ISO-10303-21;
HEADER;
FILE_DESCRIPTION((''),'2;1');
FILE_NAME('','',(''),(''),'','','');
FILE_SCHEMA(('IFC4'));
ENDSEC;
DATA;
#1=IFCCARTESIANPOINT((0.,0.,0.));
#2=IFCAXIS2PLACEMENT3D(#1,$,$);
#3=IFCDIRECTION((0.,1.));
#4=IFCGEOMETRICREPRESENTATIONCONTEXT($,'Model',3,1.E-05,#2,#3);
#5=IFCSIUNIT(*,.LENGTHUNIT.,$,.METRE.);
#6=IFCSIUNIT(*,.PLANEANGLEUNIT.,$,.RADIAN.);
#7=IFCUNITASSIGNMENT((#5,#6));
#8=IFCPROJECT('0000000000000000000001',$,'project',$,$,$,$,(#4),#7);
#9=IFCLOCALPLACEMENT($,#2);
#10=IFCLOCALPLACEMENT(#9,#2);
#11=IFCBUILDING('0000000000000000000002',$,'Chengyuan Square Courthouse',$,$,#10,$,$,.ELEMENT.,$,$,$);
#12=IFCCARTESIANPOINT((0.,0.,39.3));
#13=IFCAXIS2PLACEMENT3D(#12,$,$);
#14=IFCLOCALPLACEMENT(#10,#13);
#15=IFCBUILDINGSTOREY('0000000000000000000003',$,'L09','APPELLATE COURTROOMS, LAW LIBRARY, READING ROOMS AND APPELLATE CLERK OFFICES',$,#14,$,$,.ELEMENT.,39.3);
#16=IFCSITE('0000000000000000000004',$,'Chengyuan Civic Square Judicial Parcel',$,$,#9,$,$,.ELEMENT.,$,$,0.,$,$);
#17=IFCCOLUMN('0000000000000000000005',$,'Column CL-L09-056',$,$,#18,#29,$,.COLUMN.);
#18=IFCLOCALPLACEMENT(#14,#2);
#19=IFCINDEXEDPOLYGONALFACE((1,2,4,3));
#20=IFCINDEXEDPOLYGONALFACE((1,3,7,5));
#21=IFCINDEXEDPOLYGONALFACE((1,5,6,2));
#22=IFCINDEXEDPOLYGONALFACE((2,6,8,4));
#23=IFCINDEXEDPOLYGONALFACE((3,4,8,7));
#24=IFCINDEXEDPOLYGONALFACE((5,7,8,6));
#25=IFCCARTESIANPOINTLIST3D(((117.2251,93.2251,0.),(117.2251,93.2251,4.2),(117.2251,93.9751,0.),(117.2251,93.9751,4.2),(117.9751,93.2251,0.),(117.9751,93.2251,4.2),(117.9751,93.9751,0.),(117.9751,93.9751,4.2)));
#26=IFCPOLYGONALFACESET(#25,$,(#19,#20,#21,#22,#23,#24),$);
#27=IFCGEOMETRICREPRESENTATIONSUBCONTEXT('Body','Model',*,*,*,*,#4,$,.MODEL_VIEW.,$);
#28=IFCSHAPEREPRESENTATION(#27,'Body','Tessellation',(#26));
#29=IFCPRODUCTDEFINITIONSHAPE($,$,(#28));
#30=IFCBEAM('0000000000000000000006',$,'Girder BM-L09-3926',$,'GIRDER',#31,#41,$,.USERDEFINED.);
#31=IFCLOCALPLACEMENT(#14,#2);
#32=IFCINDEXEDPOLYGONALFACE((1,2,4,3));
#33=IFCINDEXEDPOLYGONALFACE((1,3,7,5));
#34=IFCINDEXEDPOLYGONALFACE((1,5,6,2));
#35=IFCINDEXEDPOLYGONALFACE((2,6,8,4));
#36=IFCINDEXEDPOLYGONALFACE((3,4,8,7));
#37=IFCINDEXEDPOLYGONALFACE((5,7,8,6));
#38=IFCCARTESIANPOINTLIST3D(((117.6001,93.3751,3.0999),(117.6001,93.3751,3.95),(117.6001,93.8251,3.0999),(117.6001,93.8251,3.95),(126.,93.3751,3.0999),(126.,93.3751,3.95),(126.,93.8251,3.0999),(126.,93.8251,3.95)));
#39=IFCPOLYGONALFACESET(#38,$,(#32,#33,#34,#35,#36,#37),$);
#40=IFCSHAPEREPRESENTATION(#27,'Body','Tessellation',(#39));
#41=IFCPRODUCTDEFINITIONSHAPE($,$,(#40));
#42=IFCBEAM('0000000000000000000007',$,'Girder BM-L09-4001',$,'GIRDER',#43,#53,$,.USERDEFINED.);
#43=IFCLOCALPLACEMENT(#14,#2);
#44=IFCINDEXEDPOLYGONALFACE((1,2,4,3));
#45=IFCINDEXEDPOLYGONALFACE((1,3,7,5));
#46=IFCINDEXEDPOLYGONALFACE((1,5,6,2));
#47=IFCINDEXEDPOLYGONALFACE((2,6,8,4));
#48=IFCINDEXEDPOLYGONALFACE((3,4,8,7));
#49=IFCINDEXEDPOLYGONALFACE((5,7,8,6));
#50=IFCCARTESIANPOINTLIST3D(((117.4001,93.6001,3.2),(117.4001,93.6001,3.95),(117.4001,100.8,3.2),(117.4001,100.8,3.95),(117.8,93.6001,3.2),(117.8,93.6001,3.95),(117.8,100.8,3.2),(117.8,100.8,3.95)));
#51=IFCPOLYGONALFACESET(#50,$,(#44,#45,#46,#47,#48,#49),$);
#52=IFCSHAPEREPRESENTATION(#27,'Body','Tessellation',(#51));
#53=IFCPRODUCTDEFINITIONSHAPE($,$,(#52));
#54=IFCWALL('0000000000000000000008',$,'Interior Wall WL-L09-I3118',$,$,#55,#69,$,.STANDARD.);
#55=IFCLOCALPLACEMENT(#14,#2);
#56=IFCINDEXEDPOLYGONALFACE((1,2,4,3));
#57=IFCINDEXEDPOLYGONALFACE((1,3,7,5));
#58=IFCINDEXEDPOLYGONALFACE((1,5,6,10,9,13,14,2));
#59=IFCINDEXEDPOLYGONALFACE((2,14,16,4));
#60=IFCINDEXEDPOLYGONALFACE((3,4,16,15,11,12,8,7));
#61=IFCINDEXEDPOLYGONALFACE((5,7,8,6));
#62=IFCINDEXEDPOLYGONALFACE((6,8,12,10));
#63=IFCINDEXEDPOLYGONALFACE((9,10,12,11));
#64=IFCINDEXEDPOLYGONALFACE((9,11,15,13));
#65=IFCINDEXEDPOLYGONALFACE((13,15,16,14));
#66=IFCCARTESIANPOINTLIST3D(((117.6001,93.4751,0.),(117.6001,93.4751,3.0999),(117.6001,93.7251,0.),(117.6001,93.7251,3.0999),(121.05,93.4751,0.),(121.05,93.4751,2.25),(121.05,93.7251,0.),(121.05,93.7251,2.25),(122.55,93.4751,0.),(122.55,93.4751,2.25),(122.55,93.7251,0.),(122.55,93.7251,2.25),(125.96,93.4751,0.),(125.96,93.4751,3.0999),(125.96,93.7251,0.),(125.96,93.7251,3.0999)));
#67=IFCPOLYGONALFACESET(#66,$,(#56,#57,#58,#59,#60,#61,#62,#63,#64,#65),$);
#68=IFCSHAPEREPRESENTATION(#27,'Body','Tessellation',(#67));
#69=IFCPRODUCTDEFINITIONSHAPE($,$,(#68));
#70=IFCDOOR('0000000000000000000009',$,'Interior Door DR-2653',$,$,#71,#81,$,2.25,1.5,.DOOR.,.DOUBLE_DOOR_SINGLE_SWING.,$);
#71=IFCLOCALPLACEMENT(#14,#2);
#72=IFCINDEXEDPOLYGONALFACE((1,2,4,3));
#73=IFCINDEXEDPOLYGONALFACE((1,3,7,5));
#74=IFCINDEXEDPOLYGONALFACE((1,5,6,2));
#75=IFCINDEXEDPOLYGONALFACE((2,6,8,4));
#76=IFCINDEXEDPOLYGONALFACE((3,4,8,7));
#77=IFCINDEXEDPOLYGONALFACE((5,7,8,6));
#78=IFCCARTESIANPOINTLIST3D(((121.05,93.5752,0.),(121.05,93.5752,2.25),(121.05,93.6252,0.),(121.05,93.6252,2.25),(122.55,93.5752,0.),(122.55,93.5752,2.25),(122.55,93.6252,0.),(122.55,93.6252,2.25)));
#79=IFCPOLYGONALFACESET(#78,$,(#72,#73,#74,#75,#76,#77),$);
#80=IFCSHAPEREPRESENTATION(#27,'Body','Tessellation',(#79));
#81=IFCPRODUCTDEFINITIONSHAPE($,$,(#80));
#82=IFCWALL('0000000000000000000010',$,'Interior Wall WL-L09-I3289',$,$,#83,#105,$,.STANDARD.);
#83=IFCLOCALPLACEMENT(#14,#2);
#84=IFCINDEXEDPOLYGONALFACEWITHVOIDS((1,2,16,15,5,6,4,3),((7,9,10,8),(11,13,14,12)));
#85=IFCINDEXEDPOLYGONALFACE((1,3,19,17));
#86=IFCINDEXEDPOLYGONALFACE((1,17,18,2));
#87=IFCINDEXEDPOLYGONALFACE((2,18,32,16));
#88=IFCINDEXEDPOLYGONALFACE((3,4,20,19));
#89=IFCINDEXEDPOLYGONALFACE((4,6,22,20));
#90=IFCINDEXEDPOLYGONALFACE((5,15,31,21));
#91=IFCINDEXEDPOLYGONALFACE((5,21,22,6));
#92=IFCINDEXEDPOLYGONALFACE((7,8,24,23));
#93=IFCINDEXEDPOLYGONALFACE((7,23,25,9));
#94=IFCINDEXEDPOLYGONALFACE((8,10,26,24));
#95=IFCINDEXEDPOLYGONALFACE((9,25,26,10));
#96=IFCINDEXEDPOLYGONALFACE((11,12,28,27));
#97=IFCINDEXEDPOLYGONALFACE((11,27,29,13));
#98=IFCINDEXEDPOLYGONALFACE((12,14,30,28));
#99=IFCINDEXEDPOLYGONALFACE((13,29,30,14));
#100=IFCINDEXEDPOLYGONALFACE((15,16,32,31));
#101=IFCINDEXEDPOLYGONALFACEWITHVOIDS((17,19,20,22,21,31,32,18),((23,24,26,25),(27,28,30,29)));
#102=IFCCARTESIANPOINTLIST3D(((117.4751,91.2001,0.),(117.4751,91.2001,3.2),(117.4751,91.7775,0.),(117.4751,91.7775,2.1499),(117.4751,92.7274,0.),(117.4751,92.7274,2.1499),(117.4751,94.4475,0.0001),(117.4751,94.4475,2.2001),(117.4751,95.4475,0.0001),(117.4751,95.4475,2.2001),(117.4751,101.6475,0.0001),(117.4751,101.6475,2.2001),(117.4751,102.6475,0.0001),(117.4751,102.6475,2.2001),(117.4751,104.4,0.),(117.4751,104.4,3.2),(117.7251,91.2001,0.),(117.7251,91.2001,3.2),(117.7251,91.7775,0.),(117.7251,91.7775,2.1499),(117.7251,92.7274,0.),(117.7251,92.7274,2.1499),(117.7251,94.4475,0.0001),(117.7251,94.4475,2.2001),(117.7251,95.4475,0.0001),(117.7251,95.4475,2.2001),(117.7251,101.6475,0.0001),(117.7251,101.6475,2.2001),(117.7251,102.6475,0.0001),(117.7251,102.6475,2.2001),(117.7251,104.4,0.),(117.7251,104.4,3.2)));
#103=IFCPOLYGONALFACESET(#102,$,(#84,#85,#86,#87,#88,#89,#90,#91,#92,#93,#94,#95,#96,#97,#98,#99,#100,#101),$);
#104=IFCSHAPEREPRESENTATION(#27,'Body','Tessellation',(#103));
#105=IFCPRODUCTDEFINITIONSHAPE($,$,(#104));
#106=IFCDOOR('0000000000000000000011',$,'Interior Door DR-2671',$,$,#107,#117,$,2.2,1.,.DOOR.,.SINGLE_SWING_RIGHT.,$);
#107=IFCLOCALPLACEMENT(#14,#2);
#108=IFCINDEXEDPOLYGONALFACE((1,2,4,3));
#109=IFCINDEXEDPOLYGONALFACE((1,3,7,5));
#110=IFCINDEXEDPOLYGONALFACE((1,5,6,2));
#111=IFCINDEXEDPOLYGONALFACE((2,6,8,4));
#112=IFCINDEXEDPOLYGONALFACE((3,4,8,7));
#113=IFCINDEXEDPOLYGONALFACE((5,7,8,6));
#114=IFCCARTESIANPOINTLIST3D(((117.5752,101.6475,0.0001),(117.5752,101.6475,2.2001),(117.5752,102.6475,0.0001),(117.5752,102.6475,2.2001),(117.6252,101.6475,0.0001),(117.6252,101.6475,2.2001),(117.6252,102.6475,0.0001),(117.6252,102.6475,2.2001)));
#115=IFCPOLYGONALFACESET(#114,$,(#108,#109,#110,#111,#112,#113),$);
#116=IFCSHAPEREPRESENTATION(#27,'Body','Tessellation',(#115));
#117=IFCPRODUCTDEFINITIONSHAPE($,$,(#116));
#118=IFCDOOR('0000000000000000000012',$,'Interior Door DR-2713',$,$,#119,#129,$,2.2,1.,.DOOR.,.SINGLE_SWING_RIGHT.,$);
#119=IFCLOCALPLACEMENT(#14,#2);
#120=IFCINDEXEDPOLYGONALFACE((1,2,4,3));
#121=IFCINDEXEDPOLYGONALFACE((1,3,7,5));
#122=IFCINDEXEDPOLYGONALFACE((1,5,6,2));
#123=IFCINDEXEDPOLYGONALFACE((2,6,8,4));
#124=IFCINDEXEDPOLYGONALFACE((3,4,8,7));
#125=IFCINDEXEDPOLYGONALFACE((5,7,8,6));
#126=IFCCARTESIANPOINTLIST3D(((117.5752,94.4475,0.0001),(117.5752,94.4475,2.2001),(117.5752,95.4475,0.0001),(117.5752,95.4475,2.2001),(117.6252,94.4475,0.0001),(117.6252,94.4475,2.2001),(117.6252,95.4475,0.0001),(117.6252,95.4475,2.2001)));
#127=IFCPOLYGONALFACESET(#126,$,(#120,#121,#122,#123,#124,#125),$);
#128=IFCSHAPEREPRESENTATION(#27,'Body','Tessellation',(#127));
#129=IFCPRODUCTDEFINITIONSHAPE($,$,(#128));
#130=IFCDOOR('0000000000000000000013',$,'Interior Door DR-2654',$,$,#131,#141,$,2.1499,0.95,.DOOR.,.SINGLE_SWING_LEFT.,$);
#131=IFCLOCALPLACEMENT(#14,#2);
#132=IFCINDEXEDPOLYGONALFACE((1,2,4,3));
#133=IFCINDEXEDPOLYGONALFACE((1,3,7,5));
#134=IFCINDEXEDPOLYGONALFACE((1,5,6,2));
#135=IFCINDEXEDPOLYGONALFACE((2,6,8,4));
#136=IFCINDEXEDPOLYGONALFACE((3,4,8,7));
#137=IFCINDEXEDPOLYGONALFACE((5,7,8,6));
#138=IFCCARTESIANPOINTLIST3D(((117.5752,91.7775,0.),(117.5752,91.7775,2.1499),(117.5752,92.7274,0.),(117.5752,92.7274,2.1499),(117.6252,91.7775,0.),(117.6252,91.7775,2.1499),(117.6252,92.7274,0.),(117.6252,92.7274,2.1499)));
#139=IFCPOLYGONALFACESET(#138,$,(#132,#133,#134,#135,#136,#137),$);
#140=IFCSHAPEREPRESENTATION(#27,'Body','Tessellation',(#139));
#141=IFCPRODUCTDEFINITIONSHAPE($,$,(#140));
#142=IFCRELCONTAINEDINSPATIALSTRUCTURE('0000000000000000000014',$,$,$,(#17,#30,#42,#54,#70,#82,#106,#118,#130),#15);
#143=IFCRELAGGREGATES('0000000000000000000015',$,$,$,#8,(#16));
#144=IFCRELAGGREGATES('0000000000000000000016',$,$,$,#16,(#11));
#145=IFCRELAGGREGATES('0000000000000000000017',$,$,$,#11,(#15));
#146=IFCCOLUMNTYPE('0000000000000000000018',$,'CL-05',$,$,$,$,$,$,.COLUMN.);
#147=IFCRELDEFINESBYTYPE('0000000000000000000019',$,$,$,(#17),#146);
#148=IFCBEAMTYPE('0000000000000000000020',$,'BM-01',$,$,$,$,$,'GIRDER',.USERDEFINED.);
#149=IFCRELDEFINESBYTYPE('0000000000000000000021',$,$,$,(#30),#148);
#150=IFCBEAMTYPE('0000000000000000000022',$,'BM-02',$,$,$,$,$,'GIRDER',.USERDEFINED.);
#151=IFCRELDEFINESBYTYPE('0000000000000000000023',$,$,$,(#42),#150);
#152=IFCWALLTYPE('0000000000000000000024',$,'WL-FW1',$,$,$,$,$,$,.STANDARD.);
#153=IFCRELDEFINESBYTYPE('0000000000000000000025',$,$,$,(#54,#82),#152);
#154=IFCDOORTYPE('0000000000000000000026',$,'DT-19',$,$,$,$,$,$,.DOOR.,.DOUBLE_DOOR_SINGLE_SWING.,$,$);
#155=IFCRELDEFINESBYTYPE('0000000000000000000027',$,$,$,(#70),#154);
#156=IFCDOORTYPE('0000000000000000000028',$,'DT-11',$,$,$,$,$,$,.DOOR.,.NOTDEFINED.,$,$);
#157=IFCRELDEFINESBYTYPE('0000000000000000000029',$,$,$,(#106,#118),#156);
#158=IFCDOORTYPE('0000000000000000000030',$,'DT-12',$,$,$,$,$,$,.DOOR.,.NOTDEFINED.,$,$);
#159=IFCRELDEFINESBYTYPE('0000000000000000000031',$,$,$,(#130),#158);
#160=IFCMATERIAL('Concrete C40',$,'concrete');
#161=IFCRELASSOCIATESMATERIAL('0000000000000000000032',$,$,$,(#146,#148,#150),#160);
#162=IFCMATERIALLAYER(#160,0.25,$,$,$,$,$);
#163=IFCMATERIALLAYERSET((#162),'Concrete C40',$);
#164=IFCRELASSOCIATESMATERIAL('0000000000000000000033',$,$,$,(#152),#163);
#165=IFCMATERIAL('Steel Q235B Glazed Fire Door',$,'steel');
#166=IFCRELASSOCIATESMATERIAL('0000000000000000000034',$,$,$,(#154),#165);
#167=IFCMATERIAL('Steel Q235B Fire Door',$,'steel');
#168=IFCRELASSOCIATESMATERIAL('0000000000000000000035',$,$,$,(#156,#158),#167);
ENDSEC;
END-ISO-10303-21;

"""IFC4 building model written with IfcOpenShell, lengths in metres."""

from ifc_helpers import new_model, si_unit, direction, frame, frame_2d, origin, origin_2d, place, context, subcontext, project, spatial, rectangle, extrude, material, layer, layer_set, material_profile, profile_set, type_object, element, fill, save


model = new_model("IFC4")

# Units and contexts
model_context = context("Model", 3, precision=1e-05, world=origin(), true_north=direction((0.0, 1.0)))
body_context = subcontext(model_context, "Body", "Model", "MODEL_VIEW")
ifc_project = project(units=[si_unit("LENGTHUNIT", "METRE"), si_unit("PLANEANGLEUNIT", "RADIAN")], contexts=[model_context])

# Site, building, storey
site_placement = place(None, origin())
site = spatial("IfcSite", under=ifc_project, at=site_placement, Name="Chengyuan Civic Square Judicial Parcel", CompositionType="ELEMENT", RefElevation=0.0)
building_placement = place(site_placement, origin())
building = spatial("IfcBuilding", under=site, at=building_placement, Name="Chengyuan Square Courthouse", CompositionType="ELEMENT")
storey_placement = place(building_placement, frame((0.0, 0.0, 39.3)))
storey = spatial("IfcBuildingStorey", under=building, at=storey_placement, Name="L09", Description="APPELLATE COURTROOMS, LAW LIBRARY, READING ROOMS AND APPELLATE CLERK OFFICES", CompositionType="ELEMENT", Elevation=39.3)

# Column
ifc_material_1 = material(Name="Concrete C40", Category="concrete")
ifc_material_profile_1 = material_profile(ifc_material_1, rectangle(XDim=0.75, YDim=0.75, at=origin_2d()), Name="RC-COL-750x750")
ifc_profile_set_1 = profile_set([ifc_material_profile_1], Name="Concrete C40")
column_type = type_object("IfcColumnType", Name="CL-05", PredefinedType="COLUMN", material=ifc_profile_set_1)
column_placement = place(storey_placement, frame((117.6001, 93.6001, 0.0), z_axis=(0.0, 0.0, 1.0), x_axis=(1.0, 0.0, 0.0)))
element("IfcColumn", 1, at=column_placement, inside=storey, type_object=column_type, Name="Column CL-L09-056", PredefinedType="COLUMN", context=body_context, shape_type="SweptSolid", body=[
    extrude(rectangle(XDim=0.75, YDim=0.75, at=origin_2d()), origin(), (0.0, 0.0, 1.0), 4.2),
])

# Beams
ifc_material_profile_2 = material_profile(ifc_material_1, rectangle(XDim=0.45, YDim=0.8501, at=origin_2d()), Name="RC-BM-450x850")
ifc_profile_set_2 = profile_set([ifc_material_profile_2], Name="Concrete C40")
beam_type_1 = type_object("IfcBeamType", Name="BM-01", ElementType="GIRDER", PredefinedType="USERDEFINED", material=ifc_profile_set_2)
beam_1_placement = place(storey_placement, frame((117.6001, 93.6001, 3.5249), z_axis=(1.0, 0.0, 0.0), x_axis=(0.0, 1.0, 0.0)))
element("IfcBeam", 2, at=beam_1_placement, inside=storey, type_object=beam_type_1, Name="Girder BM-L09-3926", ObjectType="GIRDER", PredefinedType="USERDEFINED", context=body_context, shape_type="SweptSolid", body=[
    extrude(rectangle(XDim=0.45, YDim=0.8501, at=origin_2d()), origin(), (0.0, 0.0, 1.0), 8.3999),
])
ifc_material_profile_3 = material_profile(ifc_material_1, rectangle(XDim=0.3999, YDim=0.75, at=origin_2d()), Name="RC-BM-400x750")
ifc_profile_set_3 = profile_set([ifc_material_profile_3], Name="Concrete C40")
beam_type_2 = type_object("IfcBeamType", Name="BM-02", ElementType="GIRDER", PredefinedType="USERDEFINED", material=ifc_profile_set_3)
beam_2_placement = place(storey_placement, frame((117.6001, 93.6001, 3.575), z_axis=(0.0, 1.0, 0.0), x_axis=(-1.0, 0.0, 0.0)))
element("IfcBeam", 3, at=beam_2_placement, inside=storey, type_object=beam_type_2, Name="Girder BM-L09-4001", ObjectType="GIRDER", PredefinedType="USERDEFINED", context=body_context, shape_type="SweptSolid", body=[
    extrude(rectangle(XDim=0.3999, YDim=0.75, at=origin_2d()), origin(), (0.0, 0.0, 1.0), 7.2),
])

# Wall, opening, door
ifc_layer_1 = layer(ifc_material_1, 0.25)
ifc_layer_set_1 = layer_set([ifc_layer_1], Name="Concrete C40")
wall_type_1 = type_object("IfcWallType", Name="WL-FW1", PredefinedType="STANDARD", material=ifc_layer_set_1)
wall_1_placement = place(storey_placement, frame((117.6001, 93.6001, 0.0), z_axis=(0.0, 0.0, 1.0), x_axis=(1.0, 0.0, 0.0)))
wall_1 = element("IfcWall", 4, at=wall_1_placement, inside=storey, type_object=wall_type_1, Name="Interior Wall WL-L09-I3118", PredefinedType="STANDARD", context=body_context, shape_type="SweptSolid", body=[
    extrude(rectangle(XDim=8.3599, YDim=0.25, at=frame_2d((4.1799, 0.0))), origin(), (0.0, 0.0, 1.0), 3.0999),
])
opening_1_placement = place(wall_1_placement, frame((3.45, 0.0, 0.0)))
opening_1 = element("IfcOpeningElement", 5, at=opening_1_placement, cuts=wall_1, PredefinedType="OPENING", context=body_context, shape_type="SweptSolid", body=[
    extrude(rectangle(XDim=1.5, YDim=2.25, at=frame_2d((0.75, 1.125))), frame((0.0, 0.137, 0.0), z_axis=(0.0, -1.0, 0.0), x_axis=(1.0, 0.0, 0.0)), (0.0, 0.0, 1.0), 0.2739),
])
ifc_material_2 = material(Name="Steel Q235B Glazed Fire Door", Category="steel")
door_type_1 = type_object("IfcDoorType", Name="DT-19", OperationType="DOUBLE_DOOR_SINGLE_SWING", PredefinedType="DOOR", material=ifc_material_2)
door_1_placement = place(opening_1_placement, frame((1.5, 0.0, 0.0), z_axis=(0.0, 0.0, 1.0), x_axis=(-1.0, 0.0, 0.0)))
door_1 = element("IfcDoor", 6, at=door_1_placement, inside=storey, type_object=door_type_1, Name="Interior Door DR-2653", OperationType="DOUBLE_DOOR_SINGLE_SWING", OverallHeight=2.25, OverallWidth=1.5, PredefinedType="DOOR", context=body_context, shape_type="SweptSolid", body=[
    extrude(rectangle(XDim=1.5, YDim=2.25, at=frame_2d((0.75, 1.125))), frame((0.0, 0.0249, 0.0), z_axis=(0.0, -1.0, 0.0), x_axis=(1.0, 0.0, 0.0)), (0.0, 0.0, 1.0), 0.05),
])
fill(opening_1, door_1)

# Wall, openings, doors
wall_2_placement = place(storey_placement, frame((117.6001, 91.2, 0.0), z_axis=(0.0, 0.0, 1.0), x_axis=(0.0, 1.0, 0.0)))
wall_2 = element("IfcWall", 7, at=wall_2_placement, inside=storey, type_object=wall_type_1, Name="Interior Wall WL-L09-I3289", PredefinedType="STANDARD", context=body_context, shape_type="SweptSolid", body=[
    extrude(rectangle(XDim=13.2, YDim=0.25, at=frame_2d((6.6001, 0.0))), origin(), (0.0, 0.0, 1.0), 3.2),
])
opening_2_placement = place(wall_2_placement, frame((0.5774, 0.0, 0.0)))
opening_2 = element("IfcOpeningElement", 8, at=opening_2_placement, cuts=wall_2, PredefinedType="OPENING", context=body_context, shape_type="SweptSolid", body=[
    extrude(rectangle(XDim=0.95, YDim=2.1499, at=frame_2d((0.4751, 1.075))), frame((0.0, 0.137, 0.0), z_axis=(0.0, -1.0, 0.0), x_axis=(1.0, 0.0, 0.0)), (0.0, 0.0, 1.0), 0.2739),
])
opening_3_placement = place(wall_2_placement, frame((10.4475, 0.0, 0.0)))
opening_3 = element("IfcOpeningElement", 9, at=opening_3_placement, cuts=wall_2, PredefinedType="OPENING", context=body_context, shape_type="SweptSolid", body=[
    extrude(rectangle(XDim=1.0, YDim=2.2, at=frame_2d((0.5, 1.1001))), frame((0.0, 0.137, 0.0), z_axis=(0.0, -1.0, 0.0), x_axis=(1.0, 0.0, 0.0)), (0.0, 0.0, 1.0), 0.2739),
])
opening_4_placement = place(wall_2_placement, frame((3.2476, 0.0, 0.0)))
opening_4 = element("IfcOpeningElement", 10, at=opening_4_placement, cuts=wall_2, PredefinedType="OPENING", context=body_context, shape_type="SweptSolid", body=[
    extrude(rectangle(XDim=1.0, YDim=2.2, at=frame_2d((0.5, 1.1001))), frame((0.0, 0.137, 0.0), z_axis=(0.0, -1.0, 0.0), x_axis=(1.0, 0.0, 0.0)), (0.0, 0.0, 1.0), 0.2739),
])
ifc_material_3 = material(Name="Steel Q235B Fire Door", Category="steel")
door_type_2 = type_object("IfcDoorType", Name="DT-11", OperationType="NOTDEFINED", PredefinedType="DOOR", material=ifc_material_3)
door_2_placement = place(opening_3_placement, origin())
door_2 = element("IfcDoor", 11, at=door_2_placement, inside=storey, type_object=door_type_2, Name="Interior Door DR-2671", OperationType="SINGLE_SWING_RIGHT", OverallHeight=2.2, OverallWidth=1.0, PredefinedType="DOOR", context=body_context, shape_type="SweptSolid", body=[
    extrude(rectangle(XDim=1.0, YDim=2.2, at=frame_2d((0.5, 1.1001))), frame((0.0, 0.0249, 0.0), z_axis=(0.0, -1.0, 0.0), x_axis=(1.0, 0.0, 0.0)), (0.0, 0.0, 1.0), 0.05),
])
fill(opening_3, door_2)
door_3_placement = place(opening_4_placement, origin())
door_3 = element("IfcDoor", 12, at=door_3_placement, inside=storey, type_object=door_type_2, Name="Interior Door DR-2713", OperationType="SINGLE_SWING_RIGHT", OverallHeight=2.2, OverallWidth=1.0, PredefinedType="DOOR", context=body_context, shape_type="SweptSolid", body=[
    extrude(rectangle(XDim=1.0, YDim=2.2, at=frame_2d((0.5, 1.1001))), frame((0.0, 0.0249, 0.0), z_axis=(0.0, -1.0, 0.0), x_axis=(1.0, 0.0, 0.0)), (0.0, 0.0, 1.0), 0.05),
])
fill(opening_4, door_3)
door_type_3 = type_object("IfcDoorType", Name="DT-12", OperationType="NOTDEFINED", PredefinedType="DOOR", material=ifc_material_3)
door_4_placement = place(opening_2_placement, origin())
door_4 = element("IfcDoor", 13, at=door_4_placement, inside=storey, type_object=door_type_3, Name="Interior Door DR-2654", OperationType="SINGLE_SWING_LEFT", OverallHeight=2.1499, OverallWidth=0.95, PredefinedType="DOOR", context=body_context, shape_type="SweptSolid", body=[
    extrude(rectangle(XDim=0.95, YDim=2.1499, at=frame_2d((0.4751, 1.075))), frame((0.0, 0.0249, 0.0), z_axis=(0.0, -1.0, 0.0), x_axis=(1.0, 0.0, 0.0)), (0.0, 0.0, 1.0), 0.05),
])
fill(opening_2, door_4)

save(model, "model.ifc")
